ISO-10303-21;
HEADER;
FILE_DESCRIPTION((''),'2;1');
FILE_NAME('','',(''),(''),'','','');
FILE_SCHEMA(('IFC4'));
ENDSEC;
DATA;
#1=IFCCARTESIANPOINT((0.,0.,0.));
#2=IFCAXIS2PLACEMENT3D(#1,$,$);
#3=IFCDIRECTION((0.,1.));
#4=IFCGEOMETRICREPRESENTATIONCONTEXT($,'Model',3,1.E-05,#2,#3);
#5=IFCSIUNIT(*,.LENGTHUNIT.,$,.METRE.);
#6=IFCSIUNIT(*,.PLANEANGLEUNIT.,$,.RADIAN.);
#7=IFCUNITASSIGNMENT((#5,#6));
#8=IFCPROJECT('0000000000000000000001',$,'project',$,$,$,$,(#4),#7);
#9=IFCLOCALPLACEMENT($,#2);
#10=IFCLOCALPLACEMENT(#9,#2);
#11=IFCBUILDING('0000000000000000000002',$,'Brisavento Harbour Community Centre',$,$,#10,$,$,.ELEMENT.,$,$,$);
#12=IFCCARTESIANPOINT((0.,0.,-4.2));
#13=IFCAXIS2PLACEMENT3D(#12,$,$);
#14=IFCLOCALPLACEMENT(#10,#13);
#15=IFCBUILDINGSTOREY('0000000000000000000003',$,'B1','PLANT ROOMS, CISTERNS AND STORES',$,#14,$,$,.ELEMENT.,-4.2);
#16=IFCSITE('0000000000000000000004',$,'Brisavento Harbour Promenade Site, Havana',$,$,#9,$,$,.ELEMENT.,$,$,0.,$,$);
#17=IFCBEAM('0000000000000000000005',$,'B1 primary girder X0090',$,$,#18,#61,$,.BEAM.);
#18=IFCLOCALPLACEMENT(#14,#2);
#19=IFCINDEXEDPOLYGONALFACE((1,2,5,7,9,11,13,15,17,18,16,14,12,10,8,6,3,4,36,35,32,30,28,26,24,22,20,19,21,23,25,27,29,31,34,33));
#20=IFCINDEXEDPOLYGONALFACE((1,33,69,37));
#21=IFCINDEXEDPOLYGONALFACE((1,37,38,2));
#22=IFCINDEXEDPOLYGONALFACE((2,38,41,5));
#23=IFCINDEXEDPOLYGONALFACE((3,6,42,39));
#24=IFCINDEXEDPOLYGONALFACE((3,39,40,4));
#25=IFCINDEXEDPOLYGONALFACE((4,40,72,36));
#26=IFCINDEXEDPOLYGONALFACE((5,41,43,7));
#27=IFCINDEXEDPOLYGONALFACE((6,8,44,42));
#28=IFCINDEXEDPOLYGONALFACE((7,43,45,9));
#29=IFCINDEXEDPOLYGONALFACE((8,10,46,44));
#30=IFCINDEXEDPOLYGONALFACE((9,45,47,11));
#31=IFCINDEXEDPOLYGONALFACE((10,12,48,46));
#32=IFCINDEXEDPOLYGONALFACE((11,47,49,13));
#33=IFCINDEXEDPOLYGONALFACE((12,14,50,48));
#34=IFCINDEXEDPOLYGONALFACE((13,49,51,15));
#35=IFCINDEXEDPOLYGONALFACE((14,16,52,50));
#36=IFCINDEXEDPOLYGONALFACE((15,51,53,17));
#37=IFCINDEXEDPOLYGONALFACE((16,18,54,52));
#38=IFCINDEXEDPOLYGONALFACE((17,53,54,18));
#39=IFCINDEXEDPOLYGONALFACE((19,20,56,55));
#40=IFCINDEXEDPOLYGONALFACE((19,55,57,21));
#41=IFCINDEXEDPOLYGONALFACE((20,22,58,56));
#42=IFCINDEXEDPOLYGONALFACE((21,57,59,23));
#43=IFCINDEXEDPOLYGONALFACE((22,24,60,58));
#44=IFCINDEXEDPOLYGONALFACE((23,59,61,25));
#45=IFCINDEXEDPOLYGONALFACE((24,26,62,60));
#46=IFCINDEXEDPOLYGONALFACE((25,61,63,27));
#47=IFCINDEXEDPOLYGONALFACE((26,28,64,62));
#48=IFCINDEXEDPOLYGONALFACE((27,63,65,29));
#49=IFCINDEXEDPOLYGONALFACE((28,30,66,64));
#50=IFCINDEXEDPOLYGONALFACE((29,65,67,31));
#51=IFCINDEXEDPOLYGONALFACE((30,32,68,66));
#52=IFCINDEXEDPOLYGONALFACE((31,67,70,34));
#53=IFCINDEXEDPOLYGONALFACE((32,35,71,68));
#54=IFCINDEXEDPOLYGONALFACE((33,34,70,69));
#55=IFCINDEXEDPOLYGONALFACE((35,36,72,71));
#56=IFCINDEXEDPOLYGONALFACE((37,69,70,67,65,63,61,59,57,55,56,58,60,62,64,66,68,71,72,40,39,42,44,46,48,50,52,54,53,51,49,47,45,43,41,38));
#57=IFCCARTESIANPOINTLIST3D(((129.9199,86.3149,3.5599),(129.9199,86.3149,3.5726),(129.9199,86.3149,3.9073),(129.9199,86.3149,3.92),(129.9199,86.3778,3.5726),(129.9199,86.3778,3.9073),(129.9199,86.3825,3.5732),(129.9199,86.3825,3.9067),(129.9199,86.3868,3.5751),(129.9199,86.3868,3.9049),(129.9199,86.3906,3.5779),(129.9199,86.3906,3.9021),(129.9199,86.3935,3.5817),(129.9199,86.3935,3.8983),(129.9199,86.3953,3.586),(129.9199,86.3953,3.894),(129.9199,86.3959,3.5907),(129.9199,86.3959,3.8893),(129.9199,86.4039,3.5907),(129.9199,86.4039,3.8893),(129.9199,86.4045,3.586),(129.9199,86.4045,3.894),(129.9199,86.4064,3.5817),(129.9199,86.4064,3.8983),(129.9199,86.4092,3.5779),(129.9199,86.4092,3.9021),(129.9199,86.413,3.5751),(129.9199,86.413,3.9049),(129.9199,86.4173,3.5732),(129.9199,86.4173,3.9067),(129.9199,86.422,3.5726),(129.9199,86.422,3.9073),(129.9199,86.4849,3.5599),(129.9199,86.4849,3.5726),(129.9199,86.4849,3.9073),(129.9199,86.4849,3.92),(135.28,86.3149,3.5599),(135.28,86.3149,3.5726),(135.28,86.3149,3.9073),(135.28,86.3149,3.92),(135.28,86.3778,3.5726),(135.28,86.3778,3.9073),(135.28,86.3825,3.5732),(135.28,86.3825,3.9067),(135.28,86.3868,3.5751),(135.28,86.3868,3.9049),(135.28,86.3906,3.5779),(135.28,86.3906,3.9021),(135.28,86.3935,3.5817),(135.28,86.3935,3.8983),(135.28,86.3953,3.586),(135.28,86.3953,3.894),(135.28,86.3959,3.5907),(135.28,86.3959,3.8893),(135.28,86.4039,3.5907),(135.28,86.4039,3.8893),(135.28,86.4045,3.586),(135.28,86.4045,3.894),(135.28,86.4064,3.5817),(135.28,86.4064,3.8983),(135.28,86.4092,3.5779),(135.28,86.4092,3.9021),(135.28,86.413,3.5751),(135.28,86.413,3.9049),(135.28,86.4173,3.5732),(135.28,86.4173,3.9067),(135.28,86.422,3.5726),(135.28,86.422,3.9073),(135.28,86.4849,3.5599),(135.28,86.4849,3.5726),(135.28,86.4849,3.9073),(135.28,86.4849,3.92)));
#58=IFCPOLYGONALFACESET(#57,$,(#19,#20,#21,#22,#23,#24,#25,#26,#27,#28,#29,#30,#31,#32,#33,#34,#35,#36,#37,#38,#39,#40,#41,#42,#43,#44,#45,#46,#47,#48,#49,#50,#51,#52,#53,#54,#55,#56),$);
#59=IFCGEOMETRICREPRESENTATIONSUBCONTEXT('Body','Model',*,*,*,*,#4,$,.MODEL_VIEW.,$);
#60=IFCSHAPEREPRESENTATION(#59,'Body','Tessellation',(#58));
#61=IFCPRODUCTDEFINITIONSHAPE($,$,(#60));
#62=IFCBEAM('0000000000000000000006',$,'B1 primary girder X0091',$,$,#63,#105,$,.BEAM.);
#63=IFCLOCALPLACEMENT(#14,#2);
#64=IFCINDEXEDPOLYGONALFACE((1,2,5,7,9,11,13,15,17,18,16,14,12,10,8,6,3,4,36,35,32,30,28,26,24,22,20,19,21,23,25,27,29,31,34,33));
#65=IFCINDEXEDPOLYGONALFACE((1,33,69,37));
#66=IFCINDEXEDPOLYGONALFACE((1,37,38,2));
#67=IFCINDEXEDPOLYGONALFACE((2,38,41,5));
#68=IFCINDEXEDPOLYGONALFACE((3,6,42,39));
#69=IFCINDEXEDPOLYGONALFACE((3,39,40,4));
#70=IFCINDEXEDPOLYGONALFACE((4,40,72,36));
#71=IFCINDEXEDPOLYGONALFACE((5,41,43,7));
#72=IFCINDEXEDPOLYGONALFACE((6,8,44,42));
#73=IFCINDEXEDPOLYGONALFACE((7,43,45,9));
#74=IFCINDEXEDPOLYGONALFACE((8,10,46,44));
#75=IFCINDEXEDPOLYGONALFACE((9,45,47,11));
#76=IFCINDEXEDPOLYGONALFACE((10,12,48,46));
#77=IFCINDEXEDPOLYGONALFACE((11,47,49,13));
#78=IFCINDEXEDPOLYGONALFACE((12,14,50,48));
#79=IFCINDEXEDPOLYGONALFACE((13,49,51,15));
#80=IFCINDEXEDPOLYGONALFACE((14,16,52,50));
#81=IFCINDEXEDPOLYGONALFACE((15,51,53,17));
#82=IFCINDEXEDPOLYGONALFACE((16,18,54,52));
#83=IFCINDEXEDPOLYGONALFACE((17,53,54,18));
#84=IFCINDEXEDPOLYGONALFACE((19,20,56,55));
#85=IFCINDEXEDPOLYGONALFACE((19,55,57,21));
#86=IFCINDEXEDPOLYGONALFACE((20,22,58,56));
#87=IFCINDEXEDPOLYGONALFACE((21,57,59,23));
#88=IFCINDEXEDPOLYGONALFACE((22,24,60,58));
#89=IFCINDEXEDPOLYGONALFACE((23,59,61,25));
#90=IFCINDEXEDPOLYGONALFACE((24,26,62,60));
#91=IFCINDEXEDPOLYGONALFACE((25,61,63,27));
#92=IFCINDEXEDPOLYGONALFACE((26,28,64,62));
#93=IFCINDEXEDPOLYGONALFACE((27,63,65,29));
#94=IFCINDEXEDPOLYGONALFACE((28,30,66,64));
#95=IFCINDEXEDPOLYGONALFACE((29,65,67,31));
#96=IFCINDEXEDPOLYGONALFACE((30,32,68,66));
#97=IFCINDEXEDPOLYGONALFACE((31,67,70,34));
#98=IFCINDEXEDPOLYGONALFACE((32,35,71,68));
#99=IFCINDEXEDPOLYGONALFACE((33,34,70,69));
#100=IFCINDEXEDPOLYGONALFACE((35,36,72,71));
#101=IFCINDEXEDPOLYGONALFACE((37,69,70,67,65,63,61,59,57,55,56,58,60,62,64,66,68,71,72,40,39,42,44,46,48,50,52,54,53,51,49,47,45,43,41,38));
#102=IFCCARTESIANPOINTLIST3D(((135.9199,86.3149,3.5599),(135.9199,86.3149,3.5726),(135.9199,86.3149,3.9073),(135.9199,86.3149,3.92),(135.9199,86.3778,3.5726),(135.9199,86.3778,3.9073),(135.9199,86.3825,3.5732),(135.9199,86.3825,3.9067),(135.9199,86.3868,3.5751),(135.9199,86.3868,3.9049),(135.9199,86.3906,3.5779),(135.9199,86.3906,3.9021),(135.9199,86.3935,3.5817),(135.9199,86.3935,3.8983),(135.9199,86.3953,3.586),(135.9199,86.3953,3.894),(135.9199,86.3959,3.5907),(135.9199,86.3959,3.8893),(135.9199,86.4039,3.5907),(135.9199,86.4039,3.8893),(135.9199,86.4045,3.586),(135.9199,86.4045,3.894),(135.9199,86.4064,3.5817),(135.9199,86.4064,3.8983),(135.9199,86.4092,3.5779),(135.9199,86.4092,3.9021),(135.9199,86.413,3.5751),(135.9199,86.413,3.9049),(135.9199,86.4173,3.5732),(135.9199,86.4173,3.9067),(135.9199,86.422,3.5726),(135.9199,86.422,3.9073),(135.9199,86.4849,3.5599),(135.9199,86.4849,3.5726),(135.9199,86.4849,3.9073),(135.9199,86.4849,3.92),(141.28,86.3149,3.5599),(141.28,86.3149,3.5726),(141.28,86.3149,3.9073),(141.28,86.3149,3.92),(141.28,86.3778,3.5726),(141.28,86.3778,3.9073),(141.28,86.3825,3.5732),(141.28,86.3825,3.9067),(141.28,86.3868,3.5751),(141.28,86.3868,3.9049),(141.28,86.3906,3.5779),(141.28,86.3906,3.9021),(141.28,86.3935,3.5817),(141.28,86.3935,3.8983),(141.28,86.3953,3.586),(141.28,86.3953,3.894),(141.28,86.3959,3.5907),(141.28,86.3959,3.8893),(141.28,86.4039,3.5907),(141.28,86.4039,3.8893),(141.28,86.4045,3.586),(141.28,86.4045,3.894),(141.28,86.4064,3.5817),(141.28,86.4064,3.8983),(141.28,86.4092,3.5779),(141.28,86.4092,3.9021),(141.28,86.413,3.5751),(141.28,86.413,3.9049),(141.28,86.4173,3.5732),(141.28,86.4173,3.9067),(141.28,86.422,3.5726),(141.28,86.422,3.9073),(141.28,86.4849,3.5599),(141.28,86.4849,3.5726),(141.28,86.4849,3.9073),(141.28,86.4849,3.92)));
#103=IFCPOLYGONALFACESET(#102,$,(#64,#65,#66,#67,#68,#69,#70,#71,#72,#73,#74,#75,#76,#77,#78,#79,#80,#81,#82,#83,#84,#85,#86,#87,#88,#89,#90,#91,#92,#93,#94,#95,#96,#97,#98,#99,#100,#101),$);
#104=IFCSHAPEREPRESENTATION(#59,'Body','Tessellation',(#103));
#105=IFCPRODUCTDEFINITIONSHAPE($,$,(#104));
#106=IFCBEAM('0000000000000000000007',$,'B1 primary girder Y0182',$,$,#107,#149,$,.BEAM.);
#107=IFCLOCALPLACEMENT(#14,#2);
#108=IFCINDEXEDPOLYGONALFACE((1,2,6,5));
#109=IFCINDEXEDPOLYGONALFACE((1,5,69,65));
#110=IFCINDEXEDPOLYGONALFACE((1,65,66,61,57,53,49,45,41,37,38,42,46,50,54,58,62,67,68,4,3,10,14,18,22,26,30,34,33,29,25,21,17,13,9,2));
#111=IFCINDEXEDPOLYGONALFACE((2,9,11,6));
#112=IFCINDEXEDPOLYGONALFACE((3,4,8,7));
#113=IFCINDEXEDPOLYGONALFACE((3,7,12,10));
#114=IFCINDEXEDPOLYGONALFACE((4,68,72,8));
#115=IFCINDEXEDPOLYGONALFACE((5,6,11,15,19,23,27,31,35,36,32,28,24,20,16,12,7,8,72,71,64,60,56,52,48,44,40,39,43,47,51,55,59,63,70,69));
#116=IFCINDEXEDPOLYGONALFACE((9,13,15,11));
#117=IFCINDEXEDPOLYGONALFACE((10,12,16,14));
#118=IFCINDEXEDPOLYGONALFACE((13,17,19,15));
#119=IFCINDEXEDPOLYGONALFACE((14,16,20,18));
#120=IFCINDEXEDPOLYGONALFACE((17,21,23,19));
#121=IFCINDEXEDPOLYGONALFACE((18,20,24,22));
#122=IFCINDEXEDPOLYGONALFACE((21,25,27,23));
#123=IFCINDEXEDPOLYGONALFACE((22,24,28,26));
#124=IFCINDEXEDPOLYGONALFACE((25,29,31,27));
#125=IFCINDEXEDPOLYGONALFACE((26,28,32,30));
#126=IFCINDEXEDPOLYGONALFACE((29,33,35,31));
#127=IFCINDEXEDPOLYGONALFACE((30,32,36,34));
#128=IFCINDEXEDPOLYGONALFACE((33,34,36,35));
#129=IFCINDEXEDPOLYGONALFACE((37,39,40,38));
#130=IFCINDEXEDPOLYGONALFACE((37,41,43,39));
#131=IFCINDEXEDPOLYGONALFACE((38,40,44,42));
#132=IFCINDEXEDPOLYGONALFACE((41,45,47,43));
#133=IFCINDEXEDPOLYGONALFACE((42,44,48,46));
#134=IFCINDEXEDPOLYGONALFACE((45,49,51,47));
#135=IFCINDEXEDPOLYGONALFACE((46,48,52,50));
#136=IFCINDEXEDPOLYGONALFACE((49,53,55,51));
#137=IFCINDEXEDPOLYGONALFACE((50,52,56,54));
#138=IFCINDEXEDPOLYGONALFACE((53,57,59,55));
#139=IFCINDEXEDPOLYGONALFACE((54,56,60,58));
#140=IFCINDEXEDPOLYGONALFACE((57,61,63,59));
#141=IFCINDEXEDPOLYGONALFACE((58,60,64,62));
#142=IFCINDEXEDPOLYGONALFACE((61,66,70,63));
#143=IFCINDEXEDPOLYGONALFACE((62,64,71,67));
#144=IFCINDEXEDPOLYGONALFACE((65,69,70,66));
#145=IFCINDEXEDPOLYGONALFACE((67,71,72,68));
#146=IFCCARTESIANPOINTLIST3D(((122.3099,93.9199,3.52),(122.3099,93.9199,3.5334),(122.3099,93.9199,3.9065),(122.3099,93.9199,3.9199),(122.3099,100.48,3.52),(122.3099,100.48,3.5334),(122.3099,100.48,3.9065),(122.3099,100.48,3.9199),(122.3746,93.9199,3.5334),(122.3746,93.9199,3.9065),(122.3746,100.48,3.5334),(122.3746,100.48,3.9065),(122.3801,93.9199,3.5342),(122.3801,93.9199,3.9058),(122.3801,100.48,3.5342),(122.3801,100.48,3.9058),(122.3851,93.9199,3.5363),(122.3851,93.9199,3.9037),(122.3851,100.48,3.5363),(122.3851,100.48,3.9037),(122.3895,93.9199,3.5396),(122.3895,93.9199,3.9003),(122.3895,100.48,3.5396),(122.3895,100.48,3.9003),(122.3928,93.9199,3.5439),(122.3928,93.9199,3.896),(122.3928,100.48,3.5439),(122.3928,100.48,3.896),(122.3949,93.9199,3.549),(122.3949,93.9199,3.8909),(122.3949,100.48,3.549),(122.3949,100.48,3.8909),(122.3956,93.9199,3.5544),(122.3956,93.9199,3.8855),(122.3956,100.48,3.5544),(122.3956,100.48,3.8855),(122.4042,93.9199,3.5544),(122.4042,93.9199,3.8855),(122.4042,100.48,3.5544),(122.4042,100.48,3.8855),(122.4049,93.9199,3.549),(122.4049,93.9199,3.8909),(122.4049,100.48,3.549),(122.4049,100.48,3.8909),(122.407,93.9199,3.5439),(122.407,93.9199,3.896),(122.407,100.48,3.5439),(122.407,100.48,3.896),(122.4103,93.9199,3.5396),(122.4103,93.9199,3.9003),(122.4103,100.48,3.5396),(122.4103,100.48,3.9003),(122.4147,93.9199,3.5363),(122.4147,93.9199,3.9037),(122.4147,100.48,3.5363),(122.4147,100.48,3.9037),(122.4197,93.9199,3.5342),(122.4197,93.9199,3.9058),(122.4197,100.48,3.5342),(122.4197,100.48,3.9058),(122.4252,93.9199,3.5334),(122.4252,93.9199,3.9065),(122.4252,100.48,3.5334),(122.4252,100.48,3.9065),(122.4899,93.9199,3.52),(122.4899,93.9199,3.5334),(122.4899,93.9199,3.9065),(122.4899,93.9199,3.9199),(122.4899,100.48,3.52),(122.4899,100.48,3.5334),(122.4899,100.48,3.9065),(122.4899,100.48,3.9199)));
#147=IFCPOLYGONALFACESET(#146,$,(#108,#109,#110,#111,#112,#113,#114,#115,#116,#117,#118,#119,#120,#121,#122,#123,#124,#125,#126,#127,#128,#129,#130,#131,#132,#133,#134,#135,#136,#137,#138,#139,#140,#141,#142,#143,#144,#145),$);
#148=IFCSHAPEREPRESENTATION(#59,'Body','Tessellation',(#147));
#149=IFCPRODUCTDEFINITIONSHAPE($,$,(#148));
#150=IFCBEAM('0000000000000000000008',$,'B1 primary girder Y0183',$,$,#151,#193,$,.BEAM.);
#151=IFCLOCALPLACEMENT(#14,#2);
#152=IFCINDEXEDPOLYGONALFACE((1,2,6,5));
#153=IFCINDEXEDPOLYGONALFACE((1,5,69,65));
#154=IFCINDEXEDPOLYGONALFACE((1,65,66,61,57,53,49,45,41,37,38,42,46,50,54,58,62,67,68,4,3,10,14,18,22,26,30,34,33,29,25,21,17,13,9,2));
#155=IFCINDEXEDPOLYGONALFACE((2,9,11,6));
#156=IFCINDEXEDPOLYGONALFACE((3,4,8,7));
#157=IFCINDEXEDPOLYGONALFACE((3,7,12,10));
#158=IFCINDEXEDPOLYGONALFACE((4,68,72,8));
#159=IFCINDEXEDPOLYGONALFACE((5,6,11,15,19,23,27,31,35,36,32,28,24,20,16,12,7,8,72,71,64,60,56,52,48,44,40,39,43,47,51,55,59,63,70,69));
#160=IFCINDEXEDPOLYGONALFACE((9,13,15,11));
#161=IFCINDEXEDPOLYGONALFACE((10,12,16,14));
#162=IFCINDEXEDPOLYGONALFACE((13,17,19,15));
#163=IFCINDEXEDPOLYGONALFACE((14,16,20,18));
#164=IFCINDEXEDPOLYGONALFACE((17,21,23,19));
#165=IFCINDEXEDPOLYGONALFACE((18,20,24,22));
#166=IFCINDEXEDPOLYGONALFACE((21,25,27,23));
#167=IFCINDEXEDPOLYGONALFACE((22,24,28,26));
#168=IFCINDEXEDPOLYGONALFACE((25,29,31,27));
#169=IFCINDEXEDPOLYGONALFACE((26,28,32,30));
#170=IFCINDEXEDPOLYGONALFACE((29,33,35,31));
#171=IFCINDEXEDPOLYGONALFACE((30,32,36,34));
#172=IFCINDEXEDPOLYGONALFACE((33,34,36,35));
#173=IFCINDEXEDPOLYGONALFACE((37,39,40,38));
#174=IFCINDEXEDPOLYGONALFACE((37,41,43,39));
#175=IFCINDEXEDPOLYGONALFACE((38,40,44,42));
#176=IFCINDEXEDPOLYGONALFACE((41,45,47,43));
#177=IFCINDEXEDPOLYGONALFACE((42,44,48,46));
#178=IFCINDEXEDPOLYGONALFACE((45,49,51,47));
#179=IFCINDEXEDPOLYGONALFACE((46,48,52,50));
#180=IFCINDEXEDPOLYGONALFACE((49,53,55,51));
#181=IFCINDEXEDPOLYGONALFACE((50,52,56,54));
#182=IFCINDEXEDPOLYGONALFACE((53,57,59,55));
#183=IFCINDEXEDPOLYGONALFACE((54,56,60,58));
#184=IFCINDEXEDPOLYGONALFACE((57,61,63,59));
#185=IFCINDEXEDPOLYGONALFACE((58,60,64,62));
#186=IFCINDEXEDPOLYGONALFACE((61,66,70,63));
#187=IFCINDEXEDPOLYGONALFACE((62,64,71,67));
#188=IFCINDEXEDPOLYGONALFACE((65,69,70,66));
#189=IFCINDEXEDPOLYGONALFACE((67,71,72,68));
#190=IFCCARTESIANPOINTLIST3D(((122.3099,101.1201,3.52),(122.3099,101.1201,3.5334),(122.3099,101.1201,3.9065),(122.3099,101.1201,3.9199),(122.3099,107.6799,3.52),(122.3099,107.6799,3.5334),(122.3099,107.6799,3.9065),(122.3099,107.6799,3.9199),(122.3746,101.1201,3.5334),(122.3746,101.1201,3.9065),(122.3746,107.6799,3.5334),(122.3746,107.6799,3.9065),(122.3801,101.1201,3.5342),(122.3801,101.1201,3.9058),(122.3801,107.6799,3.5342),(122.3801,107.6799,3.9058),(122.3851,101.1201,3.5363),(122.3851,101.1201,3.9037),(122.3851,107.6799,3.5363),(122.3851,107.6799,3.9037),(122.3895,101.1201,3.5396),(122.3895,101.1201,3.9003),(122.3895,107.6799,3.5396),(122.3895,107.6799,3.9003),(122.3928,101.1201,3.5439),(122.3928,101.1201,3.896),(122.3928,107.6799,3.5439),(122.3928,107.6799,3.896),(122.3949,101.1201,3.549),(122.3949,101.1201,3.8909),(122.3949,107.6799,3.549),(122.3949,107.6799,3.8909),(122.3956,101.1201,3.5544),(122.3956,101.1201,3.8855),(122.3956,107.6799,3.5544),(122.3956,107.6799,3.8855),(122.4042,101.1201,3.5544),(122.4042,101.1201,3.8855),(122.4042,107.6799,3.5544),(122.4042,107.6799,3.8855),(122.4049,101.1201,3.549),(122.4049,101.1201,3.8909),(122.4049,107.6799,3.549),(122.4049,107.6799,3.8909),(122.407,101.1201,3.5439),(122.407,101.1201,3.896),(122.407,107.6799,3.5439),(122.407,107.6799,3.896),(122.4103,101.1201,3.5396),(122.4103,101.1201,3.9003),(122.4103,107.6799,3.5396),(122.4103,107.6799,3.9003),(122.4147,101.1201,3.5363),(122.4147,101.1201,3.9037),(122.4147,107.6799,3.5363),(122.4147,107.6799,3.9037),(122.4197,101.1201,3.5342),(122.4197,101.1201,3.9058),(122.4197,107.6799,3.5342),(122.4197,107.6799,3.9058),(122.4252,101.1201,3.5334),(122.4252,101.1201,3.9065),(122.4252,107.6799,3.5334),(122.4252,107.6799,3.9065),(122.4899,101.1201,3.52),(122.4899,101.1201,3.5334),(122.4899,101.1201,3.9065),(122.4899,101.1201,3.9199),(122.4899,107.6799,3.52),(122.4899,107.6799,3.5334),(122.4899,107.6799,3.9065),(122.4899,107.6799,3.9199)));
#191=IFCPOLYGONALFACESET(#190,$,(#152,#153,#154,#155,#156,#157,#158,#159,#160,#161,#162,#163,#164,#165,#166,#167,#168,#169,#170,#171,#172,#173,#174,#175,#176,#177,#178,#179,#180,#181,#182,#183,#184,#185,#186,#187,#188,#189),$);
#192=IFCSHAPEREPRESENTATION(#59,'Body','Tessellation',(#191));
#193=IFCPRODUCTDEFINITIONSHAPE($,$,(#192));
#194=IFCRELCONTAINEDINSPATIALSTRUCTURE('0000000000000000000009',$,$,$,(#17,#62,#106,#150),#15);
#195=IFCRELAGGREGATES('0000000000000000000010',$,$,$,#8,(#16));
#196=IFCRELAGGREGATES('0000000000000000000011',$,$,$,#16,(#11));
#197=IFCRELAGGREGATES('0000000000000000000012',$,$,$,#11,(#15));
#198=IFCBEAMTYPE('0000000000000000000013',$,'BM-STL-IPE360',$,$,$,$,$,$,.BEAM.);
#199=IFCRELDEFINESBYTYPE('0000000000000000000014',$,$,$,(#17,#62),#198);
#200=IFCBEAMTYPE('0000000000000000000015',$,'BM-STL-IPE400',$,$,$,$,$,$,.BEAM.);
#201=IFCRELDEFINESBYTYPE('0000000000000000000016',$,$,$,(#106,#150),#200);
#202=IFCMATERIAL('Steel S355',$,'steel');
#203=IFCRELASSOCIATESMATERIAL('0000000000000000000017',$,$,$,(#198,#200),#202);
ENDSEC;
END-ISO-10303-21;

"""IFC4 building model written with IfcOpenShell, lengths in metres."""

from ifc_helpers import new_model, si_unit, direction, frame, origin, origin_2d, place, context, subcontext, project, spatial, i_section, extrude, material, material_profile, profile_set, type_object, element, save


model = new_model("IFC4")

# Units and contexts
model_context = context("Model", 3, precision=1e-05, world=origin(), true_north=direction((0.0, 1.0)))
body_context = subcontext(model_context, "Body", "Model", "MODEL_VIEW")
ifc_project = project(units=[si_unit("LENGTHUNIT", "METRE"), si_unit("PLANEANGLEUNIT", "RADIAN")], contexts=[model_context])

# Site, building, storey
site_placement = place(None, origin())
site = spatial("IfcSite", under=ifc_project, at=site_placement, Name="Brisavento Harbour Promenade Site, Havana", CompositionType="ELEMENT", RefElevation=0.0)
building_placement = place(site_placement, origin())
building = spatial("IfcBuilding", under=site, at=building_placement, Name="Brisavento Harbour Community Centre", CompositionType="ELEMENT")
storey_placement = place(building_placement, frame((0.0, 0.0, -4.2)))
storey = spatial("IfcBuildingStorey", under=building, at=storey_placement, Name="B1", Description="PLANT ROOMS, CISTERNS AND STORES", CompositionType="ELEMENT", Elevation=-4.2)

# Beams
ifc_material_1 = material(Name="Steel S355", Category="steel")
ifc_material_profile_1 = material_profile(ifc_material_1, i_section(OverallWidth=0.1699, OverallDepth=0.3601, WebThickness=0.0081, FlangeThickness=0.0127, FilletRadius=0.0181, at=origin_2d()), Name="Steel S355")
ifc_profile_set_1 = profile_set([ifc_material_profile_1], Name="Steel S355")
beam_type_1 = type_object("IfcBeamType", Name="BM-STL-IPE360", PredefinedType="BEAM", material=ifc_profile_set_1)
for number, where, z_axis, x_axis, name in (
    (1, (129.9199, 86.3999, 3.74), (1.0, 0.0, 0.0), (0.0, 1.0, 0.0), "B1 primary girder X0090"),
    (2, (135.9199, 86.3999, 3.74), (1.0, 0.0, 0.0), (0.0, 1.0, 0.0), "B1 primary girder X0091"),
):
    element("IfcBeam", number, at=place(storey_placement, frame(where, z_axis=z_axis, x_axis=x_axis)), inside=storey, type_object=beam_type_1, Name=name, PredefinedType="BEAM", context=body_context, shape_type="SweptSolid", body=[
        extrude(i_section(OverallWidth=0.1699, OverallDepth=0.3601, WebThickness=0.0081, FlangeThickness=0.0127, FilletRadius=0.0181, at=origin_2d()), origin(), (0.0, 0.0, 1.0), 5.3601),
    ])
ifc_material_profile_2 = material_profile(ifc_material_1, i_section(OverallWidth=0.1799, OverallDepth=0.3999, WebThickness=0.0085, FlangeThickness=0.0134, FilletRadius=0.021, at=origin_2d()), Name="Steel S355")
ifc_profile_set_2 = profile_set([ifc_material_profile_2], Name="Steel S355")
beam_type_2 = type_object("IfcBeamType", Name="BM-STL-IPE400", PredefinedType="BEAM", material=ifc_profile_set_2)
beam_1_placement = place(storey_placement, frame((122.3999, 93.9199, 3.72), z_axis=(0.0, 1.0, 0.0), x_axis=(-1.0, 0.0, 0.0)))
element("IfcBeam", 3, at=beam_1_placement, inside=storey, type_object=beam_type_2, Name="B1 primary girder Y0182", PredefinedType="BEAM", context=body_context, shape_type="SweptSolid", body=[
    extrude(i_section(OverallWidth=0.1799, OverallDepth=0.3999, WebThickness=0.0085, FlangeThickness=0.0134, FilletRadius=0.021, at=origin_2d()), origin(), (0.0, 0.0, 1.0), 6.5601),
])
beam_2_placement = place(storey_placement, frame((122.3999, 101.1201, 3.72), z_axis=(0.0, 1.0, 0.0), x_axis=(-1.0, 0.0, 0.0)))
element("IfcBeam", 4, at=beam_2_placement, inside=storey, type_object=beam_type_2, Name="B1 primary girder Y0183", PredefinedType="BEAM", context=body_context, shape_type="SweptSolid", body=[
    extrude(i_section(OverallWidth=0.1799, OverallDepth=0.3999, WebThickness=0.0085, FlangeThickness=0.0134, FilletRadius=0.021, at=origin_2d()), origin(), (0.0, 0.0, 1.0), 6.5598),
])

save(model, "model.ifc")
